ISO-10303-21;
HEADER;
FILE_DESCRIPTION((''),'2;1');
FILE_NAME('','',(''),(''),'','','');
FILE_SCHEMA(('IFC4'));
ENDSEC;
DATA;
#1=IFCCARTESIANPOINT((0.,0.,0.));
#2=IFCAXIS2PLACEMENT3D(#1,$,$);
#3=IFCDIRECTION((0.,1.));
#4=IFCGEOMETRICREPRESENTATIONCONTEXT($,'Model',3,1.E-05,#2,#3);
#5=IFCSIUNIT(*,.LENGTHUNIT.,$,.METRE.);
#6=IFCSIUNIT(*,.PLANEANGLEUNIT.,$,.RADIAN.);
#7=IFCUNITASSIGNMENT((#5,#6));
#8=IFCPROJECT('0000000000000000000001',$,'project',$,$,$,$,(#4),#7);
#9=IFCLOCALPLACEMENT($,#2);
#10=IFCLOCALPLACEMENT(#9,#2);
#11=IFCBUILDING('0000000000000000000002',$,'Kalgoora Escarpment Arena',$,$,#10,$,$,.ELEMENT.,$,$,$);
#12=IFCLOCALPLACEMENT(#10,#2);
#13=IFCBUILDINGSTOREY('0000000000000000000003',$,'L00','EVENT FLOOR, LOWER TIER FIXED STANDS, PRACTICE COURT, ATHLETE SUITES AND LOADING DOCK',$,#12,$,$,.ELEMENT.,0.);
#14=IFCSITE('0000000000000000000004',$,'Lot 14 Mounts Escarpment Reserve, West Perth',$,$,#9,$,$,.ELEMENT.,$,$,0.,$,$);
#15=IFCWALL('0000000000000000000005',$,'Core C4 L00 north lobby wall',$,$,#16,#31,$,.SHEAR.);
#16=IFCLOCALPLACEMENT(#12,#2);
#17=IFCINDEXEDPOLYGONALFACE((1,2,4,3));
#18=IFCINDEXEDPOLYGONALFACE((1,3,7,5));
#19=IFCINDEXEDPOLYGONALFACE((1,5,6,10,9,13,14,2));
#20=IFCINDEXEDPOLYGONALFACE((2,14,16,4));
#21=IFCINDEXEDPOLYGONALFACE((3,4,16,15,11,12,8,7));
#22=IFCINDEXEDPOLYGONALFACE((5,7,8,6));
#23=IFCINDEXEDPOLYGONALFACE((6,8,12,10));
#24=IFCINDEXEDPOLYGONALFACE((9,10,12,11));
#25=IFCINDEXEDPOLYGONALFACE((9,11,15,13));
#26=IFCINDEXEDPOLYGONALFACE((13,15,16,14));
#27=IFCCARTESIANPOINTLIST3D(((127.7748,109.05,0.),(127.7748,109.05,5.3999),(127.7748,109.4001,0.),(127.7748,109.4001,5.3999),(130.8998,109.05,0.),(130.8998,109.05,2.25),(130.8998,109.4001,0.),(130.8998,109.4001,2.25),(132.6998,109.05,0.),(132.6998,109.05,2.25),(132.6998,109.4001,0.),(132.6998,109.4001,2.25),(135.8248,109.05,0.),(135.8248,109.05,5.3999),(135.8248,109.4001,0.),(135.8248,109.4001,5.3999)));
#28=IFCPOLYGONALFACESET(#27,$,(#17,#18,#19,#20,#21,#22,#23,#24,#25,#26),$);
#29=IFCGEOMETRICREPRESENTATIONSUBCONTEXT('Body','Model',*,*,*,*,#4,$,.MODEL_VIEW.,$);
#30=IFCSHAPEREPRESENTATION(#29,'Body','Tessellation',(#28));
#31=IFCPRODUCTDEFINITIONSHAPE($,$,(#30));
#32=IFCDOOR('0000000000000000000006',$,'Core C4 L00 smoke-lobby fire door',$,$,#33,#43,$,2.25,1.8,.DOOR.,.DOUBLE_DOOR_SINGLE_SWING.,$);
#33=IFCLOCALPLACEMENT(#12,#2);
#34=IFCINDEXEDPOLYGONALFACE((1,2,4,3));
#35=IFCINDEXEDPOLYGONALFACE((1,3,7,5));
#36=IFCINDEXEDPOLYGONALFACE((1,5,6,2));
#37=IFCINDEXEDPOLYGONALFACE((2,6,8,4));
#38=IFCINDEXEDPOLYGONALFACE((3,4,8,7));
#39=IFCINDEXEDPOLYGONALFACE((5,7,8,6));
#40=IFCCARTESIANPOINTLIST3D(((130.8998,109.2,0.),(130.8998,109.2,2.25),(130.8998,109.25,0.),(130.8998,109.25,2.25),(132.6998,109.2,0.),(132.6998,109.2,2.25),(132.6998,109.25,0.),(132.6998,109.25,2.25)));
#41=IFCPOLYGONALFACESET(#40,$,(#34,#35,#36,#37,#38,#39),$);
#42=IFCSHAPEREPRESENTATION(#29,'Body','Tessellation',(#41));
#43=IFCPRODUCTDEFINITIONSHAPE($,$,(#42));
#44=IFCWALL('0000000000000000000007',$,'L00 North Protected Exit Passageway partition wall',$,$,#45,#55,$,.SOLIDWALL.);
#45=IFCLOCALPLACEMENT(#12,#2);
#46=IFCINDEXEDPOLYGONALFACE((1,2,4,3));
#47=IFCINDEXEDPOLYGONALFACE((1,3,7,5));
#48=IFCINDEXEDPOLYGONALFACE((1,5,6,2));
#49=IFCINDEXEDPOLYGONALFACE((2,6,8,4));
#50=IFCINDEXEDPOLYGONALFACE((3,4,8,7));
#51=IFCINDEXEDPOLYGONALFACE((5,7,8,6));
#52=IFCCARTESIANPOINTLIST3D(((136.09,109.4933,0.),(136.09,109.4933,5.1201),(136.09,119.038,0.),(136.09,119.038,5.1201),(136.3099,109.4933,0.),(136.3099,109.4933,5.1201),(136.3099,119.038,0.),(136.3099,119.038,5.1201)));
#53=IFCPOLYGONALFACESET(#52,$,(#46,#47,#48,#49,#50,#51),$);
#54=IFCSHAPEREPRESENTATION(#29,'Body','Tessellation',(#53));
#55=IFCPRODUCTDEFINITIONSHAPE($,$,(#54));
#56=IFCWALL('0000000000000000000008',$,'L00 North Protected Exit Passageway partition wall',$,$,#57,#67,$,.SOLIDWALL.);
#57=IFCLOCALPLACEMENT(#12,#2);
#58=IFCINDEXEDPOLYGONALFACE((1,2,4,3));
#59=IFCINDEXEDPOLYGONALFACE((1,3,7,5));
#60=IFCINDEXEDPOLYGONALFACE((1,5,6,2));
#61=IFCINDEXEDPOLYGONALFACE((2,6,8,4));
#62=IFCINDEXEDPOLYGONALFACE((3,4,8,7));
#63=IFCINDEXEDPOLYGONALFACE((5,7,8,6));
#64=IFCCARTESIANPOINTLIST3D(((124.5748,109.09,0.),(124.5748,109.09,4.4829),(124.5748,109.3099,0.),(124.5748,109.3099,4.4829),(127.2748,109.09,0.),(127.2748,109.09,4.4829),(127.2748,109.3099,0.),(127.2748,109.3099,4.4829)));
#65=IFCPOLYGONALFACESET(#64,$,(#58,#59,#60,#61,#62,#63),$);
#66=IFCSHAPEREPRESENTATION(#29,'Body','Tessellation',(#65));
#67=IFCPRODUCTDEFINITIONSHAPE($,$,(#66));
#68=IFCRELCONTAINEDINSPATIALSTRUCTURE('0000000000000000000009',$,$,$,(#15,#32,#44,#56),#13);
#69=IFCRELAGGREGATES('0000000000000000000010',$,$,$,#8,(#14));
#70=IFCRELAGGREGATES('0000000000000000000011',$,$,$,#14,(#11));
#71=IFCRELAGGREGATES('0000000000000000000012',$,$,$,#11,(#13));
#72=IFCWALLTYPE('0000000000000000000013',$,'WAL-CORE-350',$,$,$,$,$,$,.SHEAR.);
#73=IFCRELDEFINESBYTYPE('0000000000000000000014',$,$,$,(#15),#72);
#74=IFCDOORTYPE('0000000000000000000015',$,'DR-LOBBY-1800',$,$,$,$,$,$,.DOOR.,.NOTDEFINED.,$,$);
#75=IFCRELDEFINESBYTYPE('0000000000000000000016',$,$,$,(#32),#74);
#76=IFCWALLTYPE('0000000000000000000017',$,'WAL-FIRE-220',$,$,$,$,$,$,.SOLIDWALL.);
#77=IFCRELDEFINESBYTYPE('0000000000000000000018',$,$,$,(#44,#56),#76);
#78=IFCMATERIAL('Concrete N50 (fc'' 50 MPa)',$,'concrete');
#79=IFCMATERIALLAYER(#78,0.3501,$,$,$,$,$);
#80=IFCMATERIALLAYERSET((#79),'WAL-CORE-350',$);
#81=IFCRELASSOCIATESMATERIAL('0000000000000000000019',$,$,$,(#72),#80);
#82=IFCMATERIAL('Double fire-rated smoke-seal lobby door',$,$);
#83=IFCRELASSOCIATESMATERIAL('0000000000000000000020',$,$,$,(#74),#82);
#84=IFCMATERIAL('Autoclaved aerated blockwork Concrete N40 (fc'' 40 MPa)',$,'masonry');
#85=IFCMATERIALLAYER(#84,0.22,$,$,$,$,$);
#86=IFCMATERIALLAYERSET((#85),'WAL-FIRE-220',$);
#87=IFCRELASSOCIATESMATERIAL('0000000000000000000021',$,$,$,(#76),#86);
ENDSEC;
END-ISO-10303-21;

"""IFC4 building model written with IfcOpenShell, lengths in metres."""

from ifc_helpers import new_model, si_unit, direction, frame, frame_2d, origin, place, context, subcontext, project, spatial, rectangle, extrude, material, layer, layer_set, type_object, element, fill, save


model = new_model("IFC4")

# Units and contexts
model_context = context("Model", 3, precision=1e-05, world=origin(), true_north=direction((0.0, 1.0)))
body_context = subcontext(model_context, "Body", "Model", "MODEL_VIEW")
ifc_project = project(units=[si_unit("LENGTHUNIT", "METRE"), si_unit("PLANEANGLEUNIT", "RADIAN")], contexts=[model_context])

# Site, building, storey
site_placement = place(None, origin())
site = spatial("IfcSite", under=ifc_project, at=site_placement, Name="Lot 14 Mounts Escarpment Reserve, West Perth", CompositionType="ELEMENT", RefElevation=0.0)
building_placement = place(site_placement, origin())
building = spatial("IfcBuilding", under=site, at=building_placement, Name="Kalgoora Escarpment Arena", CompositionType="ELEMENT")
storey_placement = place(building_placement, origin())
storey = spatial("IfcBuildingStorey", under=building, at=storey_placement, Name="L00", Description="EVENT FLOOR, LOWER TIER FIXED STANDS, PRACTICE COURT, ATHLETE SUITES AND LOADING DOCK", CompositionType="ELEMENT", Elevation=0.0)

# Wall, opening, door
ifc_material_1 = material(Name="Concrete N50 (fc' 50 MPa)", Category="concrete")
ifc_layer_1 = layer(ifc_material_1, 0.3501)
ifc_layer_set_1 = layer_set([ifc_layer_1], Name="WAL-CORE-350")
wall_type_1 = type_object("IfcWallType", Name="WAL-CORE-350", PredefinedType="SHEAR", material=ifc_layer_set_1)
wall_1_placement = place(storey_placement, frame((127.7749, 109.2251, 0.0), z_axis=(0.0, 0.0, 1.0), x_axis=(1.0, 0.0, 0.0)))
wall_1 = element("IfcWall", 1, at=wall_1_placement, inside=storey, type_object=wall_type_1, Name="Core C4 L00 north lobby wall", PredefinedType="SHEAR", context=body_context, shape_type="SweptSolid", body=[
    extrude(rectangle(XDim=8.05, YDim=0.3501, at=frame_2d((4.0249, 0.0))), origin(), (0.0, 0.0, 1.0), 5.3999),
])
opening_placement = place(wall_1_placement, frame((3.125, 0.0, 0.0)))
opening = element("IfcOpeningElement", 2, at=opening_placement, cuts=wall_1, PredefinedType="OPENING", context=body_context, shape_type="SweptSolid", body=[
    extrude(rectangle(XDim=1.8, YDim=2.25, at=frame_2d((0.8999, 1.125))), frame((0.0, 0.1851, 0.0), z_axis=(0.0, -1.0, 0.0), x_axis=(1.0, 0.0, 0.0)), (0.0, 0.0, 1.0), 0.3701),
])
ifc_material_2 = material(Name="Double fire-rated smoke-seal lobby door")
door_type = type_object("IfcDoorType", Name="DR-LOBBY-1800", OperationType="NOTDEFINED", PredefinedType="DOOR", material=ifc_material_2)
door_placement = place(opening_placement, origin())
door = element("IfcDoor", 3, at=door_placement, inside=storey, type_object=door_type, Name="Core C4 L00 smoke-lobby fire door", OperationType="DOUBLE_DOOR_SINGLE_SWING", OverallHeight=2.25, OverallWidth=1.8, PredefinedType="DOOR", context=body_context, shape_type="SweptSolid", body=[
    extrude(rectangle(XDim=1.8, YDim=2.25, at=frame_2d((0.8999, 1.125))), frame((0.0, 0.0249, 0.0), z_axis=(0.0, -1.0, 0.0), x_axis=(1.0, 0.0, 0.0)), (0.0, 0.0, 1.0), 0.05),
])
fill(opening, door)

# Walls
ifc_material_3 = material(Name="Autoclaved aerated blockwork Concrete N40 (fc' 40 MPa)", Category="masonry")
ifc_layer_2 = layer(ifc_material_3, 0.22)
ifc_layer_set_2 = layer_set([ifc_layer_2], Name="WAL-FIRE-220")
wall_type_2 = type_object("IfcWallType", Name="WAL-FIRE-220", PredefinedType="SOLIDWALL", material=ifc_layer_set_2)
wall_2_placement = place(storey_placement, frame((136.2, 119.0381, 0.0), z_axis=(0.0, 0.0, 1.0), x_axis=(0.0, -1.0, 0.0)))
element("IfcWall", 4, at=wall_2_placement, inside=storey, type_object=wall_type_2, Name="L00 North Protected Exit Passageway partition wall", PredefinedType="SOLIDWALL", context=body_context, shape_type="SweptSolid", body=[
    extrude(rectangle(XDim=9.5447, YDim=0.22, at=frame_2d((4.7725, 0.0))), origin(), (0.0, 0.0, 1.0), 5.1201),
])
wall_3_placement = place(storey_placement, frame((127.2749, 109.2, 0.0), z_axis=(0.0, 0.0, 1.0), x_axis=(-1.0, 0.0, 0.0)))
element("IfcWall", 5, at=wall_3_placement, inside=storey, type_object=wall_type_2, Name="L00 North Protected Exit Passageway partition wall", PredefinedType="SOLIDWALL", context=body_context, shape_type="SweptSolid", body=[
    extrude(rectangle(XDim=2.7, YDim=0.22, at=frame_2d((1.3501, 0.0))), origin(), (0.0, 0.0, 1.0), 4.4829),
])

save(model, "model.ifc")
